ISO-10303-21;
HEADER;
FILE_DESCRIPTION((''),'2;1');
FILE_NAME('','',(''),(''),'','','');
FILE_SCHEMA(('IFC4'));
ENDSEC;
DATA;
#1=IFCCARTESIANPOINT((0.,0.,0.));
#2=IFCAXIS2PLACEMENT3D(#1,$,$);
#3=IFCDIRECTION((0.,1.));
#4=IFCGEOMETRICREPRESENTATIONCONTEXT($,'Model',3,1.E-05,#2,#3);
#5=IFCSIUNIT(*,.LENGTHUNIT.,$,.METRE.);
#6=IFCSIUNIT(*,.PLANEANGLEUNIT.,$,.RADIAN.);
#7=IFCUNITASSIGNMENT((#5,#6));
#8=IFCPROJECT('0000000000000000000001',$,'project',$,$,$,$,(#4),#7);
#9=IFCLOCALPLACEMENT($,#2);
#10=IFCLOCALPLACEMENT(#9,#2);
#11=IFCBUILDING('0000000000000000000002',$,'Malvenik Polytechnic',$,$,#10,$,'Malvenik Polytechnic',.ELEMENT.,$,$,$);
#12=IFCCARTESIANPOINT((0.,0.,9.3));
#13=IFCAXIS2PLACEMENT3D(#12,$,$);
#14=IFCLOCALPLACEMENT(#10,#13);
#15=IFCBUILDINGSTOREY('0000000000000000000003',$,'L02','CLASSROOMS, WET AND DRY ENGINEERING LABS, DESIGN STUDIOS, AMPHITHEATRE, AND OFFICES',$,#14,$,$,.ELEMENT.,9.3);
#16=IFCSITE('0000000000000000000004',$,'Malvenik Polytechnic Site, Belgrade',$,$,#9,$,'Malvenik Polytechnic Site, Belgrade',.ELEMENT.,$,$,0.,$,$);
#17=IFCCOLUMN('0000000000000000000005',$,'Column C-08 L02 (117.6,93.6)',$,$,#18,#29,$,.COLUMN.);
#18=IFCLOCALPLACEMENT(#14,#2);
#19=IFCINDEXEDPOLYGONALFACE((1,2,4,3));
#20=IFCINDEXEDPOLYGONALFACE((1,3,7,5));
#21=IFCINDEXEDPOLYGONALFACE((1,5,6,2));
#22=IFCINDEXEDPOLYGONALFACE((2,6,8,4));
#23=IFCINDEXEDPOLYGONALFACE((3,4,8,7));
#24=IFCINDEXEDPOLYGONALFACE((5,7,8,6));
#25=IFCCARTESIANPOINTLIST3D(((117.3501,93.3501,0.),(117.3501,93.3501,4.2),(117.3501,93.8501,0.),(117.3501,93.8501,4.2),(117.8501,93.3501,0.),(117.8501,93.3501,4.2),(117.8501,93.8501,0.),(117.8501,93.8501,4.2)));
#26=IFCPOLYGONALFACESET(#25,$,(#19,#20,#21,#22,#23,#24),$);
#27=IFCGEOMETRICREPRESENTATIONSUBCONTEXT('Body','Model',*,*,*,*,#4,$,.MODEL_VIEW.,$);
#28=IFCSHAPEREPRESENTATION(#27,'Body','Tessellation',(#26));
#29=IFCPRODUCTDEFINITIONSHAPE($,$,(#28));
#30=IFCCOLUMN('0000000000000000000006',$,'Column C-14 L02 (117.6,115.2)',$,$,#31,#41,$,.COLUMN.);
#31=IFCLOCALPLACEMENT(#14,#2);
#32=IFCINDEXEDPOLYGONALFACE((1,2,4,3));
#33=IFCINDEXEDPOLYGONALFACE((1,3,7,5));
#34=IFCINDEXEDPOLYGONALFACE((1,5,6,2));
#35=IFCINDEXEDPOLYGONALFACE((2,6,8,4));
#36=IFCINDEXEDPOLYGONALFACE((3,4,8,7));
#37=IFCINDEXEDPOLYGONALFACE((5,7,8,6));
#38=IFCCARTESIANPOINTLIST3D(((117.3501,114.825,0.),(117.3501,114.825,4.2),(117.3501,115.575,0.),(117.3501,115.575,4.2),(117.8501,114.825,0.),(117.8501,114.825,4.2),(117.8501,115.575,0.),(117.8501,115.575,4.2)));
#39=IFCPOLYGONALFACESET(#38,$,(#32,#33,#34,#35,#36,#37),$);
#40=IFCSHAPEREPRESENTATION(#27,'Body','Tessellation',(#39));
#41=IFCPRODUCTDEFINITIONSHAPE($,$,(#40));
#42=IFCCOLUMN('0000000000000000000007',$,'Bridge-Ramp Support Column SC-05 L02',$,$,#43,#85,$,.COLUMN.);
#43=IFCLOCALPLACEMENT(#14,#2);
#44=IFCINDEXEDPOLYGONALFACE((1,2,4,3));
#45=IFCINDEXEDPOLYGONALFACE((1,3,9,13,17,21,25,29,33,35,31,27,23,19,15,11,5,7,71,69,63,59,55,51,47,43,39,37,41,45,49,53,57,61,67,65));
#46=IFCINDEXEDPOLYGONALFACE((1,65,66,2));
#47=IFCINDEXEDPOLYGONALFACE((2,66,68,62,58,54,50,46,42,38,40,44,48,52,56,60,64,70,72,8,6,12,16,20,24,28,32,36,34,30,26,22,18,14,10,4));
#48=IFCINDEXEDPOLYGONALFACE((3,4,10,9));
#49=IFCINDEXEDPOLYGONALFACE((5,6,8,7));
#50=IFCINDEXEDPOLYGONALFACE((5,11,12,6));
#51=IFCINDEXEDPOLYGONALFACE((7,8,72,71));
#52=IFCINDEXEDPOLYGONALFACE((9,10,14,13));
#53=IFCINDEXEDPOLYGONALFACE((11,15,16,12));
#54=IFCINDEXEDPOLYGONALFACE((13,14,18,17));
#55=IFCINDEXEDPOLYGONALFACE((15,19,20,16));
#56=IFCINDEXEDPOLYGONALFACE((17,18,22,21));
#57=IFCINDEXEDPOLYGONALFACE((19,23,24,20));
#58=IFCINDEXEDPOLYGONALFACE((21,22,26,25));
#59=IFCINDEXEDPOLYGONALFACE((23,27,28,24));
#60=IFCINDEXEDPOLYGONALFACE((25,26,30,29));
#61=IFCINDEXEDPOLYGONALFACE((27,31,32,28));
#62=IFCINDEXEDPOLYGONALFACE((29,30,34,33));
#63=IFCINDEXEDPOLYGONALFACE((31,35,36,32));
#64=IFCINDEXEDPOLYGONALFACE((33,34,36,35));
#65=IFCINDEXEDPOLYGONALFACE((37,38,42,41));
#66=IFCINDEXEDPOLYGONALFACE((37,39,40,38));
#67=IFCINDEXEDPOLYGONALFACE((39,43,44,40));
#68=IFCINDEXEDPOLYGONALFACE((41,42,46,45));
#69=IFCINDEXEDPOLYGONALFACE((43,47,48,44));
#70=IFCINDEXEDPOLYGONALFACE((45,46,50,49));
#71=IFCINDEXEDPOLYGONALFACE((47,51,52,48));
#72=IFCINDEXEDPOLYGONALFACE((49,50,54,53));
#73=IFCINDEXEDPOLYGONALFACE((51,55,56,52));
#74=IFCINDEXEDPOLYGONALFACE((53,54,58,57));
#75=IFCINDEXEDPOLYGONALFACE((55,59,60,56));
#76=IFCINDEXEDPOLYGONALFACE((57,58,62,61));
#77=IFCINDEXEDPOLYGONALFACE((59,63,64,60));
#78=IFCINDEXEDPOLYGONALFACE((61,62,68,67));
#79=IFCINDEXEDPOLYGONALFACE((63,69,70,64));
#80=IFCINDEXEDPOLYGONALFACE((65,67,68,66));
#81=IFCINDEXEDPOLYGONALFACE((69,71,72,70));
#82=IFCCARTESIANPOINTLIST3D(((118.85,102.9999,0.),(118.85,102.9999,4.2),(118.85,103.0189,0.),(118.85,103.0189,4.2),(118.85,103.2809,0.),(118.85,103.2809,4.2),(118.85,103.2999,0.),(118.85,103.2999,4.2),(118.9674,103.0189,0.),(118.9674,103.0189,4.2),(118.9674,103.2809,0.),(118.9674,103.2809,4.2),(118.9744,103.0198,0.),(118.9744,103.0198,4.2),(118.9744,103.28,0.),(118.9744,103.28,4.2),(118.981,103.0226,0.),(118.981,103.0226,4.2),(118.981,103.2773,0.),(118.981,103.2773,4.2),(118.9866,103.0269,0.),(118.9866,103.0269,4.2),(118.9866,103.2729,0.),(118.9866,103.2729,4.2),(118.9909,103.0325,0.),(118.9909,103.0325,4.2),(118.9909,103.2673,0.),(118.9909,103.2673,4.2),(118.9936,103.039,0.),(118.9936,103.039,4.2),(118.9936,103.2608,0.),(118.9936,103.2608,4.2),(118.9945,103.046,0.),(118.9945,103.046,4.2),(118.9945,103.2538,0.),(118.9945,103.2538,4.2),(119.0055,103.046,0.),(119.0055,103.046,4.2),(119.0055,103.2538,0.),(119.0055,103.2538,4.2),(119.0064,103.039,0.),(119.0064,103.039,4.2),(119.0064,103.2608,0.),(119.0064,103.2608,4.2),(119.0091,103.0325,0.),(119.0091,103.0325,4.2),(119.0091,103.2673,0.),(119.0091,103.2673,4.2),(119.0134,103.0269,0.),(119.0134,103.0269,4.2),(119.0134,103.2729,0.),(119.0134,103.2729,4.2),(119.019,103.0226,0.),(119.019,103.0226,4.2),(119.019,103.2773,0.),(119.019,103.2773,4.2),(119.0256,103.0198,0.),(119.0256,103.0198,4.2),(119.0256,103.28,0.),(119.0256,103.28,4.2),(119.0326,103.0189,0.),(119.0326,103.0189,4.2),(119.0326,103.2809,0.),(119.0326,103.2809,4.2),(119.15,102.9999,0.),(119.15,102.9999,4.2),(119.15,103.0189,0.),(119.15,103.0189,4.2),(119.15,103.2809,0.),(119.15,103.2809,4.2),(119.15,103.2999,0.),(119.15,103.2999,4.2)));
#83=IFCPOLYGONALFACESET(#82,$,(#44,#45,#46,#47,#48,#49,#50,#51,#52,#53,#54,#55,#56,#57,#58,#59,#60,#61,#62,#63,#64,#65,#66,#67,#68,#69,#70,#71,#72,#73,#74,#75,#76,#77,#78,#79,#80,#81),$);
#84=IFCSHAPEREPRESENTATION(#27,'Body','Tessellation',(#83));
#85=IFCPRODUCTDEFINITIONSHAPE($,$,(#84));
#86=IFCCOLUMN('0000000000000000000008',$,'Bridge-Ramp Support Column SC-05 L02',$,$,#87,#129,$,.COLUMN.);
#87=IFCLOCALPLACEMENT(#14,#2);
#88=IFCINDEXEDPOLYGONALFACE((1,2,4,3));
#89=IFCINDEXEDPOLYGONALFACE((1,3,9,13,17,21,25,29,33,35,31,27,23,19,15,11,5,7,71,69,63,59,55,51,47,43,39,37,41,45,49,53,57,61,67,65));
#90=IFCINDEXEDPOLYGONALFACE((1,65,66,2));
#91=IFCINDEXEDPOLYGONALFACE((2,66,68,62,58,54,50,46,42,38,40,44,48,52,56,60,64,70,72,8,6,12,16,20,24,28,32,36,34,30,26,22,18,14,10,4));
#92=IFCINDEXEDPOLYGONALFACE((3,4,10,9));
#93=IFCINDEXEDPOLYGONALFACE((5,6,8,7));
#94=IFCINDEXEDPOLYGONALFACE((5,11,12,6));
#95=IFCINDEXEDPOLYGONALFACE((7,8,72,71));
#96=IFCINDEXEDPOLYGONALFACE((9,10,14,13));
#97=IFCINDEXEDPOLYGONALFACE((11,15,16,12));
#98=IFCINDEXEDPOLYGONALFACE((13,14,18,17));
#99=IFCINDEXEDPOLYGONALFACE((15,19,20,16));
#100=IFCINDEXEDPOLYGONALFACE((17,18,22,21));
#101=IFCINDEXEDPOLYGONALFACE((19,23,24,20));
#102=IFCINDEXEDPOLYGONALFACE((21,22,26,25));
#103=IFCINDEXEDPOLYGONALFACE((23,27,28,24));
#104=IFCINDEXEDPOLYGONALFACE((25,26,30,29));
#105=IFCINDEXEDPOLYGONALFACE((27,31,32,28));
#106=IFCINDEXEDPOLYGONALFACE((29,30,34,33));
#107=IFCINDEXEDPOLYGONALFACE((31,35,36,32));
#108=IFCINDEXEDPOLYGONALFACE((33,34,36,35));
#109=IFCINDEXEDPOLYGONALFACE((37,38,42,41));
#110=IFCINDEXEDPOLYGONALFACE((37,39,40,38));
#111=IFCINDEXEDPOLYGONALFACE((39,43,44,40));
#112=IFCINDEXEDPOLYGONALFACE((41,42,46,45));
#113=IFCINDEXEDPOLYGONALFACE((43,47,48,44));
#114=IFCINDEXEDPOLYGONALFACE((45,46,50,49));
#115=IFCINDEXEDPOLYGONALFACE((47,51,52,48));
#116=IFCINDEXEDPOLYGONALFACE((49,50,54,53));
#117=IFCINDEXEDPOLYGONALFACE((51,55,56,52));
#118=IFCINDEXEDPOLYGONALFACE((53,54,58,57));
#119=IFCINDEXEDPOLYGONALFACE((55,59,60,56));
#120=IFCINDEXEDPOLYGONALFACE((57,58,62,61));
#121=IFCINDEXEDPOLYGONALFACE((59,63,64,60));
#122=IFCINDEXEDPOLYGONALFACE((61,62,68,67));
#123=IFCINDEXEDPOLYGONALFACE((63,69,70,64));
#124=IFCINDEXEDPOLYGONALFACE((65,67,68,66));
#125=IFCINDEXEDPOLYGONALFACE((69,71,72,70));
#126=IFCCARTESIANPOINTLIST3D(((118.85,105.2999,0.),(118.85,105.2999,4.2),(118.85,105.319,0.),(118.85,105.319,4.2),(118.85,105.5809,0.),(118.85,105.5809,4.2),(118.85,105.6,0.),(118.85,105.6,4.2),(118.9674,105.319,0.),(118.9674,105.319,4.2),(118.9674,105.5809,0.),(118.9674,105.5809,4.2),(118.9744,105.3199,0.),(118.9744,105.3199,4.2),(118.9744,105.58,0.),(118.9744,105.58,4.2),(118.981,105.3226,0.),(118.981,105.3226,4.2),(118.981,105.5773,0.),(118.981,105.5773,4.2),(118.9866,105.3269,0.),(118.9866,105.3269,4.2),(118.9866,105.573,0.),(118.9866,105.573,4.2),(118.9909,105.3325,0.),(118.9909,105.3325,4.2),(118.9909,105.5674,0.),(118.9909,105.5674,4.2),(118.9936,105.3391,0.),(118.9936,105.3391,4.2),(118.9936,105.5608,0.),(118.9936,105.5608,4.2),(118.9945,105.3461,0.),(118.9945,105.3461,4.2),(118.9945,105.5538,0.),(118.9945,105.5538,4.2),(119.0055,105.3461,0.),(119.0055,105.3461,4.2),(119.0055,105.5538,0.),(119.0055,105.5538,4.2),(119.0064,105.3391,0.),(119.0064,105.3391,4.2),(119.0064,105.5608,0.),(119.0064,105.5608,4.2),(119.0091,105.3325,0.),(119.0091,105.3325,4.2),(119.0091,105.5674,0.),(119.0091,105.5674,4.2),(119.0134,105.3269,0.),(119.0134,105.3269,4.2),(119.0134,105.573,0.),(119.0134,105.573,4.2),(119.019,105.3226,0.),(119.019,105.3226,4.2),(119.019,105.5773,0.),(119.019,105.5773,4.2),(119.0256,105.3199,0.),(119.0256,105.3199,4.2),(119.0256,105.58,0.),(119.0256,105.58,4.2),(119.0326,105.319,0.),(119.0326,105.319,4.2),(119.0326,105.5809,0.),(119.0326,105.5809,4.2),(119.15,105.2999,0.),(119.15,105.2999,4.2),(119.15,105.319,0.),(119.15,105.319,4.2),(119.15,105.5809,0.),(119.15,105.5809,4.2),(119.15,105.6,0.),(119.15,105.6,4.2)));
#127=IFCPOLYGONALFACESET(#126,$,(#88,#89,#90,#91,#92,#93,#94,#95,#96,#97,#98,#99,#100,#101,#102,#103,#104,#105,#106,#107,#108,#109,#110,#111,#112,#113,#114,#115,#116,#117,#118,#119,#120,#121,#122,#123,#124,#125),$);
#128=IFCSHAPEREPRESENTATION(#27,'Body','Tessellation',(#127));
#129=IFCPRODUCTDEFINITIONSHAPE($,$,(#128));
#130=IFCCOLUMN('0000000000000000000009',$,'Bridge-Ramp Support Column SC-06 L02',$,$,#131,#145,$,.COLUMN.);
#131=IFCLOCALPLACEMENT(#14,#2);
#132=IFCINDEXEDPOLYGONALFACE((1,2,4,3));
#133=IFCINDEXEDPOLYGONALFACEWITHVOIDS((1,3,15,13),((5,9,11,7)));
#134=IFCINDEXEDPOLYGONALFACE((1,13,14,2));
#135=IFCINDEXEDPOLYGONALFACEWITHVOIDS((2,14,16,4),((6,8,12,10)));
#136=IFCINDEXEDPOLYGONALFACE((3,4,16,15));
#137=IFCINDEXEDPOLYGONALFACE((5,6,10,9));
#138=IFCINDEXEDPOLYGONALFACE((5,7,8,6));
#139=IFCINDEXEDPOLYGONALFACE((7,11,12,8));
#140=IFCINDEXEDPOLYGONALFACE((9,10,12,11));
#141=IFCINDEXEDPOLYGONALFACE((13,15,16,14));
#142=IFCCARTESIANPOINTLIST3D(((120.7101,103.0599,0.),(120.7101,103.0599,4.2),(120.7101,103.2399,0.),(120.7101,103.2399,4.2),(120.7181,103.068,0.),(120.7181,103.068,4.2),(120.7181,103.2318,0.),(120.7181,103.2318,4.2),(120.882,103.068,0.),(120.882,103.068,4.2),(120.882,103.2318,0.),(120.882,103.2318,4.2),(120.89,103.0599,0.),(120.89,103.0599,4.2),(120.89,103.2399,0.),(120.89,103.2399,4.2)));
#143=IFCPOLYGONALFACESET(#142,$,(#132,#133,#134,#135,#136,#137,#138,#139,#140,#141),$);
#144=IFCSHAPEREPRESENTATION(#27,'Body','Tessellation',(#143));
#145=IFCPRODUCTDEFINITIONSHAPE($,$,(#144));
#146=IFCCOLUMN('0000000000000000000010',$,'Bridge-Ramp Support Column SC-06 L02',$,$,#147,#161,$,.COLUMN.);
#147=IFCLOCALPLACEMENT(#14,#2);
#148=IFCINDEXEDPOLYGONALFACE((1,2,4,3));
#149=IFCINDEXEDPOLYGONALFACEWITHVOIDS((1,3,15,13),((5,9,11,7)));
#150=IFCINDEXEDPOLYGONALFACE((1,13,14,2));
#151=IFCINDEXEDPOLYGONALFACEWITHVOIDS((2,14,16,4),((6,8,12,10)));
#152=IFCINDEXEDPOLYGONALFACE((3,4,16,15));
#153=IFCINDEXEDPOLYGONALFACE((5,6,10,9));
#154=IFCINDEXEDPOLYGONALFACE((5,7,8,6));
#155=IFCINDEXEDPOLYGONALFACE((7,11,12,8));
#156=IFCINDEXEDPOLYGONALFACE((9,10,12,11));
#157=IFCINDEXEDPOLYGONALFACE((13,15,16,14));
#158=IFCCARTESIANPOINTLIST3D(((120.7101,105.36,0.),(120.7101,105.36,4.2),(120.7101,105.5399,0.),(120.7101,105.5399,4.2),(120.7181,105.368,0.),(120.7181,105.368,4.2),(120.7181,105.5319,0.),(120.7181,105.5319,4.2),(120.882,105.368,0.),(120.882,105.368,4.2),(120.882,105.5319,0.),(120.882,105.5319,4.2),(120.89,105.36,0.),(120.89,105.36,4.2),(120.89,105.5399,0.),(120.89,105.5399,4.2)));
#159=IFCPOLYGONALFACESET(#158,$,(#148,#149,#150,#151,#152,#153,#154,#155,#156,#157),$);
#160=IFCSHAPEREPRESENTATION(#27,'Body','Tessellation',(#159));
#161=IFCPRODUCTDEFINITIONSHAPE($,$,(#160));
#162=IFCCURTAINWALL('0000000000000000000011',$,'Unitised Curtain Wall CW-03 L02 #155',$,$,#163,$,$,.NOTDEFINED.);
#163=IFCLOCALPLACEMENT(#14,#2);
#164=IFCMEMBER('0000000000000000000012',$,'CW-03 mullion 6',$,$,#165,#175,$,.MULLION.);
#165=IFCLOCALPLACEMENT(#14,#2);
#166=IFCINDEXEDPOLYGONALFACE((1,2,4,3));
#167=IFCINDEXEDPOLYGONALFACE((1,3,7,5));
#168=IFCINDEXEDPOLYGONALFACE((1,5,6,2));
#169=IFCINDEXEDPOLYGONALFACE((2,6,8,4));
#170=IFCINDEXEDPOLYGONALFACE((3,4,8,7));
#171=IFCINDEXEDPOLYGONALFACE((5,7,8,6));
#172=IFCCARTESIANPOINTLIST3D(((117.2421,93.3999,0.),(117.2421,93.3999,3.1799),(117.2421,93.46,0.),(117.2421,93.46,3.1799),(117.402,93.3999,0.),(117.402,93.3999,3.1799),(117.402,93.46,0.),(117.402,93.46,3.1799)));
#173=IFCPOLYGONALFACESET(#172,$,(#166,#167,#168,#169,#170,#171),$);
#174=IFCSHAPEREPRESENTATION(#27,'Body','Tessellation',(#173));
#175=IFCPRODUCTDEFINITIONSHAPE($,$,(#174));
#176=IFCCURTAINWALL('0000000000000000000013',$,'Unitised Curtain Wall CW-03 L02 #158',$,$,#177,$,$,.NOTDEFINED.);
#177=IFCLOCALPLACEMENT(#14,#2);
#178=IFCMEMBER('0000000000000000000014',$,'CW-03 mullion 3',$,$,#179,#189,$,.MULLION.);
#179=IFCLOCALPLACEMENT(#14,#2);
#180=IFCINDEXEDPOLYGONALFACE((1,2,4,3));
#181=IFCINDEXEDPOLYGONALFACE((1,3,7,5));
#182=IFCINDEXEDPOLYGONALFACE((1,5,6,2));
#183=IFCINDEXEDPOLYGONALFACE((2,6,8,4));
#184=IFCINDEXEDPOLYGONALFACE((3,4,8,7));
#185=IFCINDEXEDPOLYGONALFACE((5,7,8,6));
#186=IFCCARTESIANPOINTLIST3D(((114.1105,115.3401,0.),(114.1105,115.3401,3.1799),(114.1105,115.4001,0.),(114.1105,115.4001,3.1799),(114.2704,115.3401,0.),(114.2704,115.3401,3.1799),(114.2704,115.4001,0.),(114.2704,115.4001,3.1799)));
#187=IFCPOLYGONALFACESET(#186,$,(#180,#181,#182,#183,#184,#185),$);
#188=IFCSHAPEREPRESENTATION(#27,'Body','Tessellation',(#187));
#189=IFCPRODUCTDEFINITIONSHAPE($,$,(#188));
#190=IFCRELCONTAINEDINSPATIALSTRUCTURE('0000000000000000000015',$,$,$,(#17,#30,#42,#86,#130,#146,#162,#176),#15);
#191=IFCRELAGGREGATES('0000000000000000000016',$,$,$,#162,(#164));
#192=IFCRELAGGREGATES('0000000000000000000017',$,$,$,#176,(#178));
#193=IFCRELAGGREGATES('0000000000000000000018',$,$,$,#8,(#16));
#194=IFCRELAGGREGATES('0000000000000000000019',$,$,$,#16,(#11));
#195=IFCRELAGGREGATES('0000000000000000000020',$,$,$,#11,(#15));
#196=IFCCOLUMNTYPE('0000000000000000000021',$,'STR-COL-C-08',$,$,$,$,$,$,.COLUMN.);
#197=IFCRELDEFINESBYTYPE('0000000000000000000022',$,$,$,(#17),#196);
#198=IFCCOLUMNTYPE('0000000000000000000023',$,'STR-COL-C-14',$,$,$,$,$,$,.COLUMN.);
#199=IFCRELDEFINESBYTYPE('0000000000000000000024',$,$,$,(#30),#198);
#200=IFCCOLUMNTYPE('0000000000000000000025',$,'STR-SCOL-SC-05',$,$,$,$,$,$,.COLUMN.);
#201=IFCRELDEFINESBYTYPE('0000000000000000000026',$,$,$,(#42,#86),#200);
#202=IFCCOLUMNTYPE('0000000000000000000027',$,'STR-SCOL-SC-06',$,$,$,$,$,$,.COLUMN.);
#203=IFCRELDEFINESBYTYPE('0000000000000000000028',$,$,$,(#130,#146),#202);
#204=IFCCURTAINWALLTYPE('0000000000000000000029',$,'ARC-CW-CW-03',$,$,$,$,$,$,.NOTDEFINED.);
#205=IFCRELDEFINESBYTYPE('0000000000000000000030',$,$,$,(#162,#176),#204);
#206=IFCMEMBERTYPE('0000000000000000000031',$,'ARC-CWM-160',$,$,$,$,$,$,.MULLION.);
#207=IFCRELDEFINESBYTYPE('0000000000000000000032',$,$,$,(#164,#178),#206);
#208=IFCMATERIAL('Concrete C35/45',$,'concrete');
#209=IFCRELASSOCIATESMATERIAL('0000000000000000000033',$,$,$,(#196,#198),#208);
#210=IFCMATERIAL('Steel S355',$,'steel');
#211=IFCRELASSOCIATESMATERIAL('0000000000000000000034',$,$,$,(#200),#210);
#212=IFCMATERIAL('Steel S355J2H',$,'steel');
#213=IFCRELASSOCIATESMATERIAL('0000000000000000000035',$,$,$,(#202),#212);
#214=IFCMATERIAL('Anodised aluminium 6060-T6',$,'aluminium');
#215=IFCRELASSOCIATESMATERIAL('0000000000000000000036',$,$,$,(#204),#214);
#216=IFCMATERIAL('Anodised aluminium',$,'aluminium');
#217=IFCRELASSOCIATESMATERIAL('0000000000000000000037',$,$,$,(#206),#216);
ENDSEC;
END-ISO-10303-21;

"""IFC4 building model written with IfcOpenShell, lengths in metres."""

from ifc_helpers import new_model, si_unit, direction, frame, origin, origin_2d, place, context, subcontext, project, spatial, rectangle, hollow_rectangle, i_section, extrude, material, material_profile, profile_set, type_object, element, aggregate, save


model = new_model("IFC4")

# Units and contexts
model_context = context("Model", 3, precision=1e-05, world=origin(), true_north=direction((0.0, 1.0)))
body_context = subcontext(model_context, "Body", "Model", "MODEL_VIEW")
ifc_project = project(units=[si_unit("LENGTHUNIT", "METRE"), si_unit("PLANEANGLEUNIT", "RADIAN")], contexts=[model_context])

# Site, building, storey
site_placement = place(None, origin())
site = spatial("IfcSite", under=ifc_project, at=site_placement, Name="Malvenik Polytechnic Site, Belgrade", LongName="Malvenik Polytechnic Site, Belgrade", CompositionType="ELEMENT", RefElevation=0.0)
building_placement = place(site_placement, origin())
building = spatial("IfcBuilding", under=site, at=building_placement, Name="Malvenik Polytechnic", LongName="Malvenik Polytechnic", CompositionType="ELEMENT")
storey_placement = place(building_placement, frame((0.0, 0.0, 9.3)))
storey = spatial("IfcBuildingStorey", under=building, at=storey_placement, Name="L02", Description="CLASSROOMS, WET AND DRY ENGINEERING LABS, DESIGN STUDIOS, AMPHITHEATRE, AND OFFICES", CompositionType="ELEMENT", Elevation=9.3)

# Columns
ifc_material_1 = material(Name="Concrete C35/45", Category="concrete")
ifc_material_profile_1 = material_profile(ifc_material_1, rectangle(XDim=0.5, YDim=0.5, at=origin_2d()), Name="RC COL 500x500")
ifc_profile_set_1 = profile_set([ifc_material_profile_1], Name="Concrete C35/45")
column_type_1 = type_object("IfcColumnType", Name="STR-COL-C-08", PredefinedType="COLUMN", material=ifc_profile_set_1)
column_1_placement = place(storey_placement, frame((117.6001, 93.6001, 0.0), z_axis=(0.0, 0.0, 1.0), x_axis=(1.0, 0.0, 0.0)))
element("IfcColumn", 1, at=column_1_placement, inside=storey, type_object=column_type_1, Name="Column C-08 L02 (117.6,93.6)", PredefinedType="COLUMN", context=body_context, shape_type="SweptSolid", body=[
    extrude(rectangle(XDim=0.5, YDim=0.5, at=origin_2d()), origin(), (0.0, 0.0, 1.0), 4.2),
])
ifc_material_profile_2 = material_profile(ifc_material_1, rectangle(XDim=0.5, YDim=0.75, at=origin_2d()), Name="RC COL 750x500")
ifc_profile_set_2 = profile_set([ifc_material_profile_2], Name="Concrete C35/45")
column_type_2 = type_object("IfcColumnType", Name="STR-COL-C-14", PredefinedType="COLUMN", material=ifc_profile_set_2)
column_2_placement = place(storey_placement, frame((117.6001, 115.2, 0.0), z_axis=(0.0, 0.0, 1.0), x_axis=(1.0, 0.0, 0.0)))
element("IfcColumn", 2, at=column_2_placement, inside=storey, type_object=column_type_2, Name="Column C-14 L02 (117.6,115.2)", PredefinedType="COLUMN", context=body_context, shape_type="SweptSolid", body=[
    extrude(rectangle(XDim=0.5, YDim=0.75, at=origin_2d()), origin(), (0.0, 0.0, 1.0), 4.2),
])
ifc_material_2 = material(Name="Steel S355", Category="steel")
ifc_material_profile_3 = material_profile(ifc_material_2, i_section(OverallWidth=0.3, OverallDepth=0.3, WebThickness=0.011, FlangeThickness=0.019, FilletRadius=0.0271, at=origin_2d()), Name="HEB 300")
ifc_profile_set_3 = profile_set([ifc_material_profile_3], Name="Steel S355")
column_type_3 = type_object("IfcColumnType", Name="STR-SCOL-SC-05", PredefinedType="COLUMN", material=ifc_profile_set_3)
for number, where, z_axis, x_axis, name in (
    (3, (119.0, 103.1499, 0.0), (0.0, 0.0, 1.0), (1.0, 0.0, 0.0), "Bridge-Ramp Support Column SC-05 L02"),
    (4, (119.0, 105.45, 0.0), (0.0, 0.0, 1.0), (1.0, 0.0, 0.0), "Bridge-Ramp Support Column SC-05 L02"),
):
    element("IfcColumn", number, at=place(storey_placement, frame(where, z_axis=z_axis, x_axis=x_axis)), inside=storey, type_object=column_type_3, Name=name, PredefinedType="COLUMN", context=body_context, shape_type="SweptSolid", body=[
        extrude(i_section(OverallWidth=0.3, OverallDepth=0.3, WebThickness=0.011, FlangeThickness=0.019, FilletRadius=0.0271, at=origin_2d()), origin(), (0.0, 0.0, 1.0), 4.2),
    ])
ifc_material_3 = material(Name="Steel S355J2H", Category="steel")
ifc_material_profile_4 = material_profile(ifc_material_3, hollow_rectangle(XDim=0.1799, YDim=0.1799, WallThickness=0.0081, at=origin_2d()), Name="SHS 180x180x8.0")
ifc_profile_set_4 = profile_set([ifc_material_profile_4], Name="Steel S355J2H")
column_type_4 = type_object("IfcColumnType", Name="STR-SCOL-SC-06", PredefinedType="COLUMN", material=ifc_profile_set_4)
for number, where, z_axis, x_axis, name in (
    (5, (120.8, 103.1499, 0.0), (0.0, 0.0, 1.0), (1.0, 0.0, 0.0), "Bridge-Ramp Support Column SC-06 L02"),
    (6, (120.8, 105.45, 0.0), (0.0, 0.0, 1.0), (1.0, 0.0, 0.0), "Bridge-Ramp Support Column SC-06 L02"),
):
    element("IfcColumn", number, at=place(storey_placement, frame(where, z_axis=z_axis, x_axis=x_axis)), inside=storey, type_object=column_type_4, Name=name, PredefinedType="COLUMN", context=body_context, shape_type="SweptSolid", body=[
        extrude(hollow_rectangle(XDim=0.1799, YDim=0.1799, WallThickness=0.0081, at=origin_2d()), origin(), (0.0, 0.0, 1.0), 4.2),
    ])

# Curtain walls, members
ifc_material_4 = material(Name="Anodised aluminium 6060-T6", Category="aluminium")
curtain_wall_type = type_object("IfcCurtainWallType", Name="ARC-CW-CW-03", PredefinedType="NOTDEFINED", material=ifc_material_4)
curtain_wall_1_placement = place(storey_placement, origin())
curtain_wall_1 = element("IfcCurtainWall", 7, at=curtain_wall_1_placement, inside=storey, type_object=curtain_wall_type, Name="Unitised Curtain Wall CW-03 L02 #155", PredefinedType="NOTDEFINED")
ifc_material_5 = material(Name="Anodised aluminium", Category="aluminium")
ifc_material_profile_5 = material_profile(ifc_material_5, rectangle(XDim=0.0601, YDim=0.1599, at=origin_2d()), Name="ALU MULLION 60x160")
ifc_profile_set_5 = profile_set([ifc_material_profile_5], Name="Anodised aluminium")
member_type_1 = type_object("IfcMemberType", Name="ARC-CWM-160", PredefinedType="MULLION", material=ifc_profile_set_5)
member_1_placement = place(storey_placement, frame((117.322, 93.4299, 0.0), z_axis=(0.0, 0.0, 1.0), x_axis=(0.0, 1.0, 0.0)))
member_1 = element("IfcMember", 8, at=member_1_placement, type_object=member_type_1, Name="CW-03 mullion 6", PredefinedType="MULLION", context=body_context, shape_type="SweptSolid", body=[
    extrude(rectangle(XDim=0.0601, YDim=0.1599, at=origin_2d()), origin(), (0.0, 0.0, 1.0), 3.1799),
])
curtain_wall_2_placement = place(storey_placement, origin())
curtain_wall_2 = element("IfcCurtainWall", 9, at=curtain_wall_2_placement, inside=storey, type_object=curtain_wall_type, Name="Unitised Curtain Wall CW-03 L02 #158", PredefinedType="NOTDEFINED")
member_2_placement = place(storey_placement, frame((114.1904, 115.3701, 0.0), z_axis=(0.0, 0.0, 1.0), x_axis=(0.0, -1.0, 0.0)))
member_2 = element("IfcMember", 10, at=member_2_placement, type_object=member_type_1, Name="CW-03 mullion 3", PredefinedType="MULLION", context=body_context, shape_type="SweptSolid", body=[
    extrude(rectangle(XDim=0.0601, YDim=0.1599, at=origin_2d()), origin(), (0.0, 0.0, 1.0), 3.1799),
])

aggregate(curtain_wall_1, [member_1])
aggregate(curtain_wall_2, [member_2])

save(model, "model.ifc")
